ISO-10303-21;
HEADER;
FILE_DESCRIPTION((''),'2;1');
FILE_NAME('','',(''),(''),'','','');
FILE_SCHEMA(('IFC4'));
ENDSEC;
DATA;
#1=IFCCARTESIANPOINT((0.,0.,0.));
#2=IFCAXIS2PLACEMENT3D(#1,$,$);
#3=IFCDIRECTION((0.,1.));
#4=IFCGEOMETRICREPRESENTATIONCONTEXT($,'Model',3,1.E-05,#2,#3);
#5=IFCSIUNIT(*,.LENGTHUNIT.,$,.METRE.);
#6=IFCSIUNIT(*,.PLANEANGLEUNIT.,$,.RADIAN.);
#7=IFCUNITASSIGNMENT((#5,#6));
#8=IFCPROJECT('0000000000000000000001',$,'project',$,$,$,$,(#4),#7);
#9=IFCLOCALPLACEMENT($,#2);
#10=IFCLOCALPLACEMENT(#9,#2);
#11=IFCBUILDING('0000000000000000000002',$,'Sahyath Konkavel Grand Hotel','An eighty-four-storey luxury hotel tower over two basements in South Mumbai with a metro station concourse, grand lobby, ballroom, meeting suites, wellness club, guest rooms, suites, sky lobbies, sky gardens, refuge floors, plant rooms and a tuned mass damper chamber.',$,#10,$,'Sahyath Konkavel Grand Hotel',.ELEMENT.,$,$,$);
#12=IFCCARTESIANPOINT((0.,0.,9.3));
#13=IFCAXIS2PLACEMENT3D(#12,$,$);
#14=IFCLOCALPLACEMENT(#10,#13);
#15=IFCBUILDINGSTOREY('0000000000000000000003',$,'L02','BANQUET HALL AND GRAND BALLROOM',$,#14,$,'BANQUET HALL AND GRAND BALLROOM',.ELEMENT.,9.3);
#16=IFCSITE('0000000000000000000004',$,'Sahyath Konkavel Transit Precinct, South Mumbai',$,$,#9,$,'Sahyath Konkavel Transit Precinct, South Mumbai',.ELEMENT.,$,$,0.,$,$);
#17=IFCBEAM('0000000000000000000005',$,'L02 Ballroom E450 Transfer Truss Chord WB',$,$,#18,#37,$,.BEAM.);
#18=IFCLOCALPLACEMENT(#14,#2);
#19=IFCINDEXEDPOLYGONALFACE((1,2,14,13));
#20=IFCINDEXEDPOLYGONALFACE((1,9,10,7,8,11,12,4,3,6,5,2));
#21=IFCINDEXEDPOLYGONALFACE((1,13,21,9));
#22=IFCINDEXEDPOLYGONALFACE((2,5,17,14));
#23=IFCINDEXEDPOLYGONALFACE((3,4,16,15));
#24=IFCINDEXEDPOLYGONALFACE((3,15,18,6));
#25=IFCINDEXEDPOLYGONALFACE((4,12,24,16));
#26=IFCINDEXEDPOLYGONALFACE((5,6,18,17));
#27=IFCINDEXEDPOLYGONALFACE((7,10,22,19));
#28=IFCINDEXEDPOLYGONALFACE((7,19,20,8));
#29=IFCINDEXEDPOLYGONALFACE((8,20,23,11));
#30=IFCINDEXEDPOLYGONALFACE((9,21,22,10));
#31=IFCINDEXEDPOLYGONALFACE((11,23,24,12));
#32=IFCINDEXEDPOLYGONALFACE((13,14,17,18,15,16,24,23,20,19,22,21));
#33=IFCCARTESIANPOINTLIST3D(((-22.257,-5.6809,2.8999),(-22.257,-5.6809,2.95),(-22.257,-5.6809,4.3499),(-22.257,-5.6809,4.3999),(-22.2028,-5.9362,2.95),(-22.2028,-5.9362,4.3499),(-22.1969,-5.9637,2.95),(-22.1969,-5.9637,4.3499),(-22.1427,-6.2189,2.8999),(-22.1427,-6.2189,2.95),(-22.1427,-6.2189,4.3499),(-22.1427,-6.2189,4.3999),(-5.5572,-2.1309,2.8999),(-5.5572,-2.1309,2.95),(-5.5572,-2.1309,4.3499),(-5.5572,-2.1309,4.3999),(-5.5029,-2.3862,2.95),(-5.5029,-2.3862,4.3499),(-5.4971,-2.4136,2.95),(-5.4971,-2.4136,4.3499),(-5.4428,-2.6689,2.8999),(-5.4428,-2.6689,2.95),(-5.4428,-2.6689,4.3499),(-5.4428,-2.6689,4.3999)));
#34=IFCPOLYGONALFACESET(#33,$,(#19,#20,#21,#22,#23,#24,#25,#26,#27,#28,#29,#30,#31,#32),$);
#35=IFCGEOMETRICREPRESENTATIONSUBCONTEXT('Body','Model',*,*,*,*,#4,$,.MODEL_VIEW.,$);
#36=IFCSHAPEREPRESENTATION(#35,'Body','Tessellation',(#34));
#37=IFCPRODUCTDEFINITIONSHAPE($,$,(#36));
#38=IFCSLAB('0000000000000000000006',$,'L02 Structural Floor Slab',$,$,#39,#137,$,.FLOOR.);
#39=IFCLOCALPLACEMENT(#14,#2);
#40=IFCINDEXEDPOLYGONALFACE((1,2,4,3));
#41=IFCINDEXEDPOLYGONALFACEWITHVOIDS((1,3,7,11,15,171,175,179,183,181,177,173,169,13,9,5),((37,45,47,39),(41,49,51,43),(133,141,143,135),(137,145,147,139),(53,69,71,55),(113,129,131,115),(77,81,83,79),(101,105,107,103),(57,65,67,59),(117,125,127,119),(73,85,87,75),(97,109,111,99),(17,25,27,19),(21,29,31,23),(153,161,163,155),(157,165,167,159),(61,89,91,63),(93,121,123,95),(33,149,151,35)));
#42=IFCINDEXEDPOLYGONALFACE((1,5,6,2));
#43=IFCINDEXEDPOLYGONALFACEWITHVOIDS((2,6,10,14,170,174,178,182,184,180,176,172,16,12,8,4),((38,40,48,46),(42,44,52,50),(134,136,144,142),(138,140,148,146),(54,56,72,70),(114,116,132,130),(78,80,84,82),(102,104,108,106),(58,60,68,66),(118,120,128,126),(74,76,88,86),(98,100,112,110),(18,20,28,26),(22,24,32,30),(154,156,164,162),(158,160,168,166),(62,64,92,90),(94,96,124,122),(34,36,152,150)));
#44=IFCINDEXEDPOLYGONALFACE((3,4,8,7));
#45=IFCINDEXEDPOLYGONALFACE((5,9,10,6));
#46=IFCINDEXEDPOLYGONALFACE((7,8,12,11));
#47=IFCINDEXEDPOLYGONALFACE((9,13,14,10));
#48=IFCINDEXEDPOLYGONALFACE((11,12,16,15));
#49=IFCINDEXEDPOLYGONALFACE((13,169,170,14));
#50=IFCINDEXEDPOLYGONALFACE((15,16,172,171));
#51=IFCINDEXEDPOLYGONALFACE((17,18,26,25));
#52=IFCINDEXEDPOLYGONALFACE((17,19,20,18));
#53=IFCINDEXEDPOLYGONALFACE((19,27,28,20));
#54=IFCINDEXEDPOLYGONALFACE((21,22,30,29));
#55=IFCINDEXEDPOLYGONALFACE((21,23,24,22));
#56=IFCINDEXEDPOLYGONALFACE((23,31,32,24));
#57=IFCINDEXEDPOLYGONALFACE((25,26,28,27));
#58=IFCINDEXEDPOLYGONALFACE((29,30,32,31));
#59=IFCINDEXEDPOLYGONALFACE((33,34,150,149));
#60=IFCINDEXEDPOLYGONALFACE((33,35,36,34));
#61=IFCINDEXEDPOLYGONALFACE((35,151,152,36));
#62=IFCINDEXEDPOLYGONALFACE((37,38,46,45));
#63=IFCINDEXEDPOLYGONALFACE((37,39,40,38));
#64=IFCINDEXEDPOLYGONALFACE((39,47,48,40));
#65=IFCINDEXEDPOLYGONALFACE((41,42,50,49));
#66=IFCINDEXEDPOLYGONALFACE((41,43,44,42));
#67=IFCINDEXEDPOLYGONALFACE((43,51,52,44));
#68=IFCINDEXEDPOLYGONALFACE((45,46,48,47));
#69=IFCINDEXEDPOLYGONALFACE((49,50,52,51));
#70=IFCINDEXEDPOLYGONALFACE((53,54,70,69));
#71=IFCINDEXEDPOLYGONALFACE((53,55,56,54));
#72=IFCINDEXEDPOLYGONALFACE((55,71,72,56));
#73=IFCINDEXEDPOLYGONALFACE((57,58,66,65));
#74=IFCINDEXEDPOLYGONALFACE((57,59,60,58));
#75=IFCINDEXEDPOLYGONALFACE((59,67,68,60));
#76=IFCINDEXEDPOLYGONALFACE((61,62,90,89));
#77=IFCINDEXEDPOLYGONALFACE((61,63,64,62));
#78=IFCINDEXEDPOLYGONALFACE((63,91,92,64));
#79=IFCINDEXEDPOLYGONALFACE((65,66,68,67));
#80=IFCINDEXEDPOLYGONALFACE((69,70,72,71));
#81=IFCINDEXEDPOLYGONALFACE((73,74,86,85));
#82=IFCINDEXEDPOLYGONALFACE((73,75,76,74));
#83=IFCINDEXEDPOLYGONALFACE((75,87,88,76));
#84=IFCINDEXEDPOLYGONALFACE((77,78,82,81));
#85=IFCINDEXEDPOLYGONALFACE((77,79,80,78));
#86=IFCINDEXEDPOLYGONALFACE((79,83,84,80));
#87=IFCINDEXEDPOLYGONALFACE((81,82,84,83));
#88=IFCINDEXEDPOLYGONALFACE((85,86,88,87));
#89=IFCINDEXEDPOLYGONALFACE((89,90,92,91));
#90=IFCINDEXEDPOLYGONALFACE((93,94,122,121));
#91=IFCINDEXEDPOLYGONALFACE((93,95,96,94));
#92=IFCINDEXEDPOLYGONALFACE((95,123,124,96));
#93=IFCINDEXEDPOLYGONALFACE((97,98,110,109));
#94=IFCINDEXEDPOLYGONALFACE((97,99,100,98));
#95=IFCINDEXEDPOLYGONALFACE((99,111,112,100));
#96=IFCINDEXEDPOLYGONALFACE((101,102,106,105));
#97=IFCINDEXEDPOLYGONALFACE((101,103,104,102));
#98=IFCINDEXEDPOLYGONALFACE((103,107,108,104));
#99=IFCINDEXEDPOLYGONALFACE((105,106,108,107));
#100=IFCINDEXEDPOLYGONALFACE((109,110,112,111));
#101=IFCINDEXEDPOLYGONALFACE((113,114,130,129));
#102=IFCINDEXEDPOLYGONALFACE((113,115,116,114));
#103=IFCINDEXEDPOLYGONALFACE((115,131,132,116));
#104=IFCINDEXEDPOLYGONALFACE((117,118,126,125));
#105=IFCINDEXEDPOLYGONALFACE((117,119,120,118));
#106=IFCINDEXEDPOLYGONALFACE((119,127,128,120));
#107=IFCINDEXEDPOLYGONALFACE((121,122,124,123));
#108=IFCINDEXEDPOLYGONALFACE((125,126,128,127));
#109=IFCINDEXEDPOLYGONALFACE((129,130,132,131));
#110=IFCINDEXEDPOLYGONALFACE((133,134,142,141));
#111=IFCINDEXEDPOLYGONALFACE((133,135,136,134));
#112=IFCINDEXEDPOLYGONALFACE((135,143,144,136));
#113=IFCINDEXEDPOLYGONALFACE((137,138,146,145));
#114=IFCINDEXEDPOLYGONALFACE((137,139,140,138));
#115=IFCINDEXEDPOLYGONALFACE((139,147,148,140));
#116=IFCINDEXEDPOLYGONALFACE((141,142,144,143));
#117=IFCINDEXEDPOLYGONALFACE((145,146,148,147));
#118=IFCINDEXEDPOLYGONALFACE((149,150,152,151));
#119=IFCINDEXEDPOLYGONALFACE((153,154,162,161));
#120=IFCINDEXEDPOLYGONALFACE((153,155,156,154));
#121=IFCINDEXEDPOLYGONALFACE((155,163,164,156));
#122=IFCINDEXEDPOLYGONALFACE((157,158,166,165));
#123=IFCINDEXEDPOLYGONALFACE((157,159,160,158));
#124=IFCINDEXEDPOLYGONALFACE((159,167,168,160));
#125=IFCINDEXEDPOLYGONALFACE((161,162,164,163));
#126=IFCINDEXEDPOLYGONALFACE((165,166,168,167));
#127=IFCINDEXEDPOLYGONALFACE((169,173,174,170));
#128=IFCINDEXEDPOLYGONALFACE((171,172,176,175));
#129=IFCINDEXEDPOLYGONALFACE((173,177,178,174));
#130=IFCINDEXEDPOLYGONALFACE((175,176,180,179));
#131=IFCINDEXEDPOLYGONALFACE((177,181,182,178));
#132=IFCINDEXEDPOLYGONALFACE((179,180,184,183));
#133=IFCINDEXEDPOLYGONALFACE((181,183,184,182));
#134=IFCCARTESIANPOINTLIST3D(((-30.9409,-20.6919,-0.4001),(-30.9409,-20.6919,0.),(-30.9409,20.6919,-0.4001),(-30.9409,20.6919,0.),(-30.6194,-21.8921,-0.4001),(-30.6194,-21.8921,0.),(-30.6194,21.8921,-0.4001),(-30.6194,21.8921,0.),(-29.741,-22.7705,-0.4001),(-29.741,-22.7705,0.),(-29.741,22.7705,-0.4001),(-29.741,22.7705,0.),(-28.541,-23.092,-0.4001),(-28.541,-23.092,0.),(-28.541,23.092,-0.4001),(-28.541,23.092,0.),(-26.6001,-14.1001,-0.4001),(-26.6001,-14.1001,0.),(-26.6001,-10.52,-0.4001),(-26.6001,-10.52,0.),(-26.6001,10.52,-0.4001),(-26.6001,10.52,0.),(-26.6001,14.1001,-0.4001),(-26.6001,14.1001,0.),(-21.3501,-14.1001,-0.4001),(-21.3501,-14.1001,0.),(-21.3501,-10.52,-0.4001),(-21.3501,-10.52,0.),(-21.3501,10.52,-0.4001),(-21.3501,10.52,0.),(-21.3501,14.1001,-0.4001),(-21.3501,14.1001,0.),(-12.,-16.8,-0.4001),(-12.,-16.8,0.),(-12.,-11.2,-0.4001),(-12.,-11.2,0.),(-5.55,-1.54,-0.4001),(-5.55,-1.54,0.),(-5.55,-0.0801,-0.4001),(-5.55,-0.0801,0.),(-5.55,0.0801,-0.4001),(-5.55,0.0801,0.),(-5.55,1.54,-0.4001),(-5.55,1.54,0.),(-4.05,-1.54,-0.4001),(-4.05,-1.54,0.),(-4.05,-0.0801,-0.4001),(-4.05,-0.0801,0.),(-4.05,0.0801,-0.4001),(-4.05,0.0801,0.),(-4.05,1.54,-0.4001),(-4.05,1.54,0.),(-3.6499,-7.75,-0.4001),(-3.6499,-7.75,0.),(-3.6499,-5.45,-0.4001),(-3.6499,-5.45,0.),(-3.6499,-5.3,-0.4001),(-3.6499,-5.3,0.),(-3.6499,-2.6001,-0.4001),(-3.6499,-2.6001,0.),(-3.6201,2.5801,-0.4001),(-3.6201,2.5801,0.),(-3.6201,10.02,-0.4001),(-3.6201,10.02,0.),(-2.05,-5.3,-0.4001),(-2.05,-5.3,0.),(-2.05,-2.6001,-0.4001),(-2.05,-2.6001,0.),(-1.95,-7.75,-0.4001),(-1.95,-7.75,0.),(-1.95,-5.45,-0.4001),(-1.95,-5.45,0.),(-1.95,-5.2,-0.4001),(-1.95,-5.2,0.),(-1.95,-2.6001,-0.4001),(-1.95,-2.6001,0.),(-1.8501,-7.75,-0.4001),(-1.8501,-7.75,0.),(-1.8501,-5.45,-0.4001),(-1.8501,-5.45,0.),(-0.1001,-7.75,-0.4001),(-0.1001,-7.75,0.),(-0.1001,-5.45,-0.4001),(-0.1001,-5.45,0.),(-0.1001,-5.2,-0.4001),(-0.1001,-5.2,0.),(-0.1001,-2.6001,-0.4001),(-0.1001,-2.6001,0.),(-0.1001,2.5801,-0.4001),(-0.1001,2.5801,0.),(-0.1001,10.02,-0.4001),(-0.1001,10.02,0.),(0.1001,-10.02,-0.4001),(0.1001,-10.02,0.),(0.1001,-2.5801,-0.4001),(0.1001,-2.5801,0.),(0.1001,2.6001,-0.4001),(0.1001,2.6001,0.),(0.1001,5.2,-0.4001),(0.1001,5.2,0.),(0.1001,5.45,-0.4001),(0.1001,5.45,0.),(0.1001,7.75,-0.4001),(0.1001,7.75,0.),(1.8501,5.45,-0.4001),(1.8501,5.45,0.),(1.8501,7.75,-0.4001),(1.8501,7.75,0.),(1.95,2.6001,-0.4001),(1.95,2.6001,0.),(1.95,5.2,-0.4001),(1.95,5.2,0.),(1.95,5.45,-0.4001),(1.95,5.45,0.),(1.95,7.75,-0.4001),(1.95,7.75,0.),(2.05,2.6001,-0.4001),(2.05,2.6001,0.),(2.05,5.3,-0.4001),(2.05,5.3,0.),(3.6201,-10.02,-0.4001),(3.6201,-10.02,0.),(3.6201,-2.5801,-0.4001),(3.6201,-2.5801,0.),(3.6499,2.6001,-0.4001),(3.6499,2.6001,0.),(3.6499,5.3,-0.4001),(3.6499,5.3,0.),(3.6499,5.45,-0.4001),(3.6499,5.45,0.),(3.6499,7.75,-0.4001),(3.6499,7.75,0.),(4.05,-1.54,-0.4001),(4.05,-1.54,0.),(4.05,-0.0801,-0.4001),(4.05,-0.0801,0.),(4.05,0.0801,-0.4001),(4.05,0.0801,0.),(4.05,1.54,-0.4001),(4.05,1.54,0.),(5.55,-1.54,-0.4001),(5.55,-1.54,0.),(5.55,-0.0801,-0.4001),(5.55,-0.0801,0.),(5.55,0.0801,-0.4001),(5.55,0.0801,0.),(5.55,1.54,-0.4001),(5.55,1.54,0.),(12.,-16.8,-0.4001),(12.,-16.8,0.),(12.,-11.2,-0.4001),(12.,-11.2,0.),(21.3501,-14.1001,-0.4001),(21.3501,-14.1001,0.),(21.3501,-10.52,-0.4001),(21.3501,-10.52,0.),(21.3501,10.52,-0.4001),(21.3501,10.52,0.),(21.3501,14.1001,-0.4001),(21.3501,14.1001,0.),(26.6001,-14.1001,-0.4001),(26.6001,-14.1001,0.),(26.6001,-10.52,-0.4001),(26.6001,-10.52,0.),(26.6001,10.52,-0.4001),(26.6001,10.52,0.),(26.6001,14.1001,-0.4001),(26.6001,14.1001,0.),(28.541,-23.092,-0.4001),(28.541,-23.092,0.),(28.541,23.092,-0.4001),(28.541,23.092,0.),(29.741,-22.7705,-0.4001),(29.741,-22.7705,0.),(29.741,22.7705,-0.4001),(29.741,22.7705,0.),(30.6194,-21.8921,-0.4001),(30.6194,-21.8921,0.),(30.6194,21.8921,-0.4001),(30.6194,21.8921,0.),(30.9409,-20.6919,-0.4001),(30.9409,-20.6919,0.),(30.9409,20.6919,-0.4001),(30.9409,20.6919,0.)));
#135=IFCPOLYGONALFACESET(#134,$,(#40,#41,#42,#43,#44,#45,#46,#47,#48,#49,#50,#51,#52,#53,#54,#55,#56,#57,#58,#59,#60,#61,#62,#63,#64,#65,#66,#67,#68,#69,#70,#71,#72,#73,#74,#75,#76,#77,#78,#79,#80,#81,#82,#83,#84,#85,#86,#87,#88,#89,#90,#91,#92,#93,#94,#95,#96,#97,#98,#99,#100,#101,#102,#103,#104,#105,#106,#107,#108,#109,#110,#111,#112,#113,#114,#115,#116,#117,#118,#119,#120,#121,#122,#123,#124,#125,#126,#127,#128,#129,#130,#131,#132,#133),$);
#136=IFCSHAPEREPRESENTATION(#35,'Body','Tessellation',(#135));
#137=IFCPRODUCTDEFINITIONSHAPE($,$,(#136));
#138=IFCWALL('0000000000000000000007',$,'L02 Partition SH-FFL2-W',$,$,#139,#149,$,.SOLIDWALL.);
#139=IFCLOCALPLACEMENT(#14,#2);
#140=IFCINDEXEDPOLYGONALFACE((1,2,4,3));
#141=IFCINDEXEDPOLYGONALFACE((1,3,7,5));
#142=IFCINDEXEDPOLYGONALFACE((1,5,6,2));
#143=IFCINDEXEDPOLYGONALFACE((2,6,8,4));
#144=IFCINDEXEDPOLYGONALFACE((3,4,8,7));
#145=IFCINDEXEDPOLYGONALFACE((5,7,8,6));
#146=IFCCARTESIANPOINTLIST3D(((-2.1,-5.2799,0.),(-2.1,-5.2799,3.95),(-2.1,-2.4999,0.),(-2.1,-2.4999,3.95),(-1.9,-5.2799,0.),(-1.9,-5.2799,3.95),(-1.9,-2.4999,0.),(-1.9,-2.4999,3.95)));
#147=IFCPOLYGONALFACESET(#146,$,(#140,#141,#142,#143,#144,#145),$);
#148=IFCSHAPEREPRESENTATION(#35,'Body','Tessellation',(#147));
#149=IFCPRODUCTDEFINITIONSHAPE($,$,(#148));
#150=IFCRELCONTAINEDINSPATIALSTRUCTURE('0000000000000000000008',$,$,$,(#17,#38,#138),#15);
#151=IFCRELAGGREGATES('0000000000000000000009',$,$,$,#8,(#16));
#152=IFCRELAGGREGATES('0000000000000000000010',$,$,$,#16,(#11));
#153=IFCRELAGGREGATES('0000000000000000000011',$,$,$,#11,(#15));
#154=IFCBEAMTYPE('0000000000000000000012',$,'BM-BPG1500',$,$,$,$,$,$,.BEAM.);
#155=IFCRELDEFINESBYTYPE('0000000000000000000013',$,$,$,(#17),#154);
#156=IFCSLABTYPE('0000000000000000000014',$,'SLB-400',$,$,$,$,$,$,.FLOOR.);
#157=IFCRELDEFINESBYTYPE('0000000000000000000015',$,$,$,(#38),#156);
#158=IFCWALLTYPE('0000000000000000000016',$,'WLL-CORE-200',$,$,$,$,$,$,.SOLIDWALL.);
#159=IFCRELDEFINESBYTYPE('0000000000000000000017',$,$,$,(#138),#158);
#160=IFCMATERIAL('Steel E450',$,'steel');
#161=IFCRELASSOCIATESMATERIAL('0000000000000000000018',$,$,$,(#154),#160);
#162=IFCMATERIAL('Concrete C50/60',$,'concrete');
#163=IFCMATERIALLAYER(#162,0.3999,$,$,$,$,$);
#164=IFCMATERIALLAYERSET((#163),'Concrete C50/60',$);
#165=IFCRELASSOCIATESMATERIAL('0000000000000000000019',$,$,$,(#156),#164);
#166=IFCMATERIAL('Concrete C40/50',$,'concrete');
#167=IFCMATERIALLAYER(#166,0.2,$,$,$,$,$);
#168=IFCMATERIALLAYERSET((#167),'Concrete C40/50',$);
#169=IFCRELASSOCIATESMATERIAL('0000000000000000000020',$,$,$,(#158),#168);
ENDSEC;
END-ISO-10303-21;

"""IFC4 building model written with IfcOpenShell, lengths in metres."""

from ifc_helpers import new_model, si_unit, direction, frame, frame_2d, origin, origin_2d, place, context, subcontext, project, spatial, polyline, rectangle, i_section, outline, extrude, source, transform, mapped, material, layer, layer_set, material_profile, profile_set, type_object, element, save


model = new_model("IFC4")

# Units and contexts
model_context = context("Model", 3, precision=1e-05, world=origin(), true_north=direction((0.0, 1.0)))
body_context = subcontext(model_context, "Body", "Model", "MODEL_VIEW")
ifc_project = project(units=[si_unit("LENGTHUNIT", "METRE"), si_unit("PLANEANGLEUNIT", "RADIAN")], contexts=[model_context])

# Site, building, storey
site_placement = place(None, origin())
site = spatial("IfcSite", under=ifc_project, at=site_placement, Name="Sahyath Konkavel Transit Precinct, South Mumbai", LongName="Sahyath Konkavel Transit Precinct, South Mumbai", CompositionType="ELEMENT", RefElevation=0.0)
building_placement = place(site_placement, origin())
building = spatial("IfcBuilding", under=site, at=building_placement, Name="Sahyath Konkavel Grand Hotel", Description="An eighty-four-storey luxury hotel tower over two basements in South Mumbai with a metro station concourse, grand lobby, ballroom, meeting suites, wellness club, guest rooms, suites, sky lobbies, sky gardens, refuge floors, plant rooms and a tuned mass damper chamber.", LongName="Sahyath Konkavel Grand Hotel", CompositionType="ELEMENT")
storey_placement = place(building_placement, frame((0.0, 0.0, 9.3)))
storey = spatial("IfcBuildingStorey", under=building, at=storey_placement, Name="L02", Description="BANQUET HALL AND GRAND BALLROOM", LongName="BANQUET HALL AND GRAND BALLROOM", CompositionType="ELEMENT", Elevation=9.3)

# Beam
ifc_material_1 = material(Name="Steel E450", Category="steel")
ifc_material_profile_1 = material_profile(ifc_material_1, i_section(OverallWidth=0.55, OverallDepth=1.5, WebThickness=0.0281, FlangeThickness=0.05, at=origin_2d()), Name="BPG 1500x550")
ifc_profile_set_1 = profile_set([ifc_material_profile_1], Name="Steel E450")
beam_type_1 = type_object("IfcBeamType", Name="BM-BPG1500", PredefinedType="BEAM", material=ifc_profile_set_1)
shared_shape_1 = source(origin(), body_context, "Body", "SweptSolid", [
    extrude(i_section(OverallWidth=0.55, OverallDepth=1.5, WebThickness=0.0281, FlangeThickness=0.05, at=origin_2d()), origin(), (0.0, 0.0, 1.0), 17.073),
])
beam_1_placement = place(storey_placement, frame((-5.5, -2.3999, 3.6499), z_axis=(-0.978143, -0.207932, 0.0), x_axis=(0.207932, -0.978143, 0.0)))
element("IfcBeam", 1, at=beam_1_placement, inside=storey, type_object=beam_type_1, Name="L02 Ballroom E450 Transfer Truss Chord WB", PredefinedType="BEAM", context=body_context, shape_type="MappedRepresentation", body=[
    mapped(shared_shape_1, transform((0.0, 0.0, 0.0), scale=1.0)),
])

# Slab
ifc_material_2 = material(Name="Concrete C50/60", Category="concrete")
ifc_layer_1 = layer(ifc_material_2, 0.3999)
ifc_layer_set_1 = layer_set([ifc_layer_1], Name="Concrete C50/60")
slab_type = type_object("IfcSlabType", Name="SLB-400", PredefinedType="FLOOR", material=ifc_layer_set_1)
slab_placement = place(storey_placement, frame((0.0, 0.0, -0.4001)))
element("IfcSlab", 2, at=slab_placement, inside=storey, type_object=slab_type, Name="L02 Structural Floor Slab", PredefinedType="FLOOR", context=body_context, shape_type="SweptSolid", body=[
    extrude(outline(polyline([(28.541, -23.092), (29.741, -22.7705), (30.6194, -21.8921), (30.9409, -20.6919), (30.9409, 20.6919), (30.6194, 21.8921), (29.741, 22.7705), (28.541, 23.092), (-28.541, 23.092), (-29.741, 22.7705), (-30.6194, 21.8921), (-30.9409, 20.6919), (-30.9409, -20.6919), (-30.6194, -21.8921), (-29.741, -22.7705), (-28.541, -23.092), (28.541, -23.092)]), holes=[polyline([(-3.6201, 2.5801), (-0.1001, 2.5801), (-0.1001, 10.02), (-3.6201, 10.02), (-3.6201, 2.5801)]), polyline([(0.1001, -10.02), (3.6201, -10.02), (3.6201, -2.5801), (0.1001, -2.5801), (0.1001, -10.02)]), polyline([(-26.6001, 10.52), (-21.3501, 10.52), (-21.3501, 14.1001), (-26.6001, 14.1001), (-26.6001, 10.52)]), polyline([(21.3501, 10.52), (26.6001, 10.52), (26.6001, 14.1001), (21.3501, 14.1001), (21.3501, 10.52)]), polyline([(-26.6001, -14.1001), (-21.3501, -14.1001), (-21.3501, -10.52), (-26.6001, -10.52), (-26.6001, -14.1001)]), polyline([(21.3501, -14.1001), (26.6001, -14.1001), (26.6001, -10.52), (21.3501, -10.52), (21.3501, -14.1001)]), polyline([(-12.0, -16.8), (12.0, -16.8), (12.0, -11.2), (-12.0, -11.2), (-12.0, -16.8)]), polyline([(0.1001, 2.6001), (1.95, 2.6001), (1.95, 5.2), (0.1001, 5.2), (0.1001, 2.6001)]), polyline([(-1.95, -5.2), (-0.1001, -5.2), (-0.1001, -2.6001), (-1.95, -2.6001), (-1.95, -5.2)]), polyline([(2.05, 2.6001), (3.6499, 2.6001), (3.6499, 5.3), (2.05, 5.3), (2.05, 2.6001)]), polyline([(-3.6499, -5.3), (-2.05, -5.3), (-2.05, -2.6001), (-3.6499, -2.6001), (-3.6499, -5.3)]), polyline([(0.1001, 5.45), (1.8501, 5.45), (1.8501, 7.75), (0.1001, 7.75), (0.1001, 5.45)]), polyline([(1.95, 5.45), (3.6499, 5.45), (3.6499, 7.75), (1.95, 7.75), (1.95, 5.45)]), polyline([(-3.6499, -7.75), (-1.95, -7.75), (-1.95, -5.45), (-3.6499, -5.45), (-3.6499, -7.75)]), polyline([(-1.8501, -7.75), (-0.1001, -7.75), (-0.1001, -5.45), (-1.8501, -5.45), (-1.8501, -7.75)]), polyline([(4.05, 0.0801), (5.55, 0.0801), (5.55, 1.54), (4.05, 1.54), (4.05, 0.0801)]), polyline([(4.05, -1.54), (5.55, -1.54), (5.55, -0.0801), (4.05, -0.0801), (4.05, -1.54)]), polyline([(-5.55, 0.0801), (-4.05, 0.0801), (-4.05, 1.54), (-5.55, 1.54), (-5.55, 0.0801)]), polyline([(-5.55, -1.54), (-4.05, -1.54), (-4.05, -0.0801), (-5.55, -0.0801), (-5.55, -1.54)])]), origin(), (0.0, 0.0, 1.0), 0.4001),
])

# Wall
ifc_material_3 = material(Name="Concrete C40/50", Category="concrete")
ifc_layer_2 = layer(ifc_material_3, 0.2)
ifc_layer_set_2 = layer_set([ifc_layer_2], Name="Concrete C40/50")
wall_type = type_object("IfcWallType", Name="WLL-CORE-200", PredefinedType="SOLIDWALL", material=ifc_layer_set_2)
wall_1_placement = place(storey_placement, frame((-2.0, -5.28, 0.0), z_axis=(0.0, 0.0, 1.0), x_axis=(0.0, 1.0, 0.0)))
element("IfcWall", 3, at=wall_1_placement, inside=storey, type_object=wall_type, Name="L02 Partition SH-FFL2-W", PredefinedType="SOLIDWALL", context=body_context, shape_type="SweptSolid", body=[
    extrude(rectangle(XDim=2.78, YDim=0.2, at=frame_2d((1.3901, 0.0))), origin(), (0.0, 0.0, 1.0), 3.95),
])

save(model, "model.ifc")
